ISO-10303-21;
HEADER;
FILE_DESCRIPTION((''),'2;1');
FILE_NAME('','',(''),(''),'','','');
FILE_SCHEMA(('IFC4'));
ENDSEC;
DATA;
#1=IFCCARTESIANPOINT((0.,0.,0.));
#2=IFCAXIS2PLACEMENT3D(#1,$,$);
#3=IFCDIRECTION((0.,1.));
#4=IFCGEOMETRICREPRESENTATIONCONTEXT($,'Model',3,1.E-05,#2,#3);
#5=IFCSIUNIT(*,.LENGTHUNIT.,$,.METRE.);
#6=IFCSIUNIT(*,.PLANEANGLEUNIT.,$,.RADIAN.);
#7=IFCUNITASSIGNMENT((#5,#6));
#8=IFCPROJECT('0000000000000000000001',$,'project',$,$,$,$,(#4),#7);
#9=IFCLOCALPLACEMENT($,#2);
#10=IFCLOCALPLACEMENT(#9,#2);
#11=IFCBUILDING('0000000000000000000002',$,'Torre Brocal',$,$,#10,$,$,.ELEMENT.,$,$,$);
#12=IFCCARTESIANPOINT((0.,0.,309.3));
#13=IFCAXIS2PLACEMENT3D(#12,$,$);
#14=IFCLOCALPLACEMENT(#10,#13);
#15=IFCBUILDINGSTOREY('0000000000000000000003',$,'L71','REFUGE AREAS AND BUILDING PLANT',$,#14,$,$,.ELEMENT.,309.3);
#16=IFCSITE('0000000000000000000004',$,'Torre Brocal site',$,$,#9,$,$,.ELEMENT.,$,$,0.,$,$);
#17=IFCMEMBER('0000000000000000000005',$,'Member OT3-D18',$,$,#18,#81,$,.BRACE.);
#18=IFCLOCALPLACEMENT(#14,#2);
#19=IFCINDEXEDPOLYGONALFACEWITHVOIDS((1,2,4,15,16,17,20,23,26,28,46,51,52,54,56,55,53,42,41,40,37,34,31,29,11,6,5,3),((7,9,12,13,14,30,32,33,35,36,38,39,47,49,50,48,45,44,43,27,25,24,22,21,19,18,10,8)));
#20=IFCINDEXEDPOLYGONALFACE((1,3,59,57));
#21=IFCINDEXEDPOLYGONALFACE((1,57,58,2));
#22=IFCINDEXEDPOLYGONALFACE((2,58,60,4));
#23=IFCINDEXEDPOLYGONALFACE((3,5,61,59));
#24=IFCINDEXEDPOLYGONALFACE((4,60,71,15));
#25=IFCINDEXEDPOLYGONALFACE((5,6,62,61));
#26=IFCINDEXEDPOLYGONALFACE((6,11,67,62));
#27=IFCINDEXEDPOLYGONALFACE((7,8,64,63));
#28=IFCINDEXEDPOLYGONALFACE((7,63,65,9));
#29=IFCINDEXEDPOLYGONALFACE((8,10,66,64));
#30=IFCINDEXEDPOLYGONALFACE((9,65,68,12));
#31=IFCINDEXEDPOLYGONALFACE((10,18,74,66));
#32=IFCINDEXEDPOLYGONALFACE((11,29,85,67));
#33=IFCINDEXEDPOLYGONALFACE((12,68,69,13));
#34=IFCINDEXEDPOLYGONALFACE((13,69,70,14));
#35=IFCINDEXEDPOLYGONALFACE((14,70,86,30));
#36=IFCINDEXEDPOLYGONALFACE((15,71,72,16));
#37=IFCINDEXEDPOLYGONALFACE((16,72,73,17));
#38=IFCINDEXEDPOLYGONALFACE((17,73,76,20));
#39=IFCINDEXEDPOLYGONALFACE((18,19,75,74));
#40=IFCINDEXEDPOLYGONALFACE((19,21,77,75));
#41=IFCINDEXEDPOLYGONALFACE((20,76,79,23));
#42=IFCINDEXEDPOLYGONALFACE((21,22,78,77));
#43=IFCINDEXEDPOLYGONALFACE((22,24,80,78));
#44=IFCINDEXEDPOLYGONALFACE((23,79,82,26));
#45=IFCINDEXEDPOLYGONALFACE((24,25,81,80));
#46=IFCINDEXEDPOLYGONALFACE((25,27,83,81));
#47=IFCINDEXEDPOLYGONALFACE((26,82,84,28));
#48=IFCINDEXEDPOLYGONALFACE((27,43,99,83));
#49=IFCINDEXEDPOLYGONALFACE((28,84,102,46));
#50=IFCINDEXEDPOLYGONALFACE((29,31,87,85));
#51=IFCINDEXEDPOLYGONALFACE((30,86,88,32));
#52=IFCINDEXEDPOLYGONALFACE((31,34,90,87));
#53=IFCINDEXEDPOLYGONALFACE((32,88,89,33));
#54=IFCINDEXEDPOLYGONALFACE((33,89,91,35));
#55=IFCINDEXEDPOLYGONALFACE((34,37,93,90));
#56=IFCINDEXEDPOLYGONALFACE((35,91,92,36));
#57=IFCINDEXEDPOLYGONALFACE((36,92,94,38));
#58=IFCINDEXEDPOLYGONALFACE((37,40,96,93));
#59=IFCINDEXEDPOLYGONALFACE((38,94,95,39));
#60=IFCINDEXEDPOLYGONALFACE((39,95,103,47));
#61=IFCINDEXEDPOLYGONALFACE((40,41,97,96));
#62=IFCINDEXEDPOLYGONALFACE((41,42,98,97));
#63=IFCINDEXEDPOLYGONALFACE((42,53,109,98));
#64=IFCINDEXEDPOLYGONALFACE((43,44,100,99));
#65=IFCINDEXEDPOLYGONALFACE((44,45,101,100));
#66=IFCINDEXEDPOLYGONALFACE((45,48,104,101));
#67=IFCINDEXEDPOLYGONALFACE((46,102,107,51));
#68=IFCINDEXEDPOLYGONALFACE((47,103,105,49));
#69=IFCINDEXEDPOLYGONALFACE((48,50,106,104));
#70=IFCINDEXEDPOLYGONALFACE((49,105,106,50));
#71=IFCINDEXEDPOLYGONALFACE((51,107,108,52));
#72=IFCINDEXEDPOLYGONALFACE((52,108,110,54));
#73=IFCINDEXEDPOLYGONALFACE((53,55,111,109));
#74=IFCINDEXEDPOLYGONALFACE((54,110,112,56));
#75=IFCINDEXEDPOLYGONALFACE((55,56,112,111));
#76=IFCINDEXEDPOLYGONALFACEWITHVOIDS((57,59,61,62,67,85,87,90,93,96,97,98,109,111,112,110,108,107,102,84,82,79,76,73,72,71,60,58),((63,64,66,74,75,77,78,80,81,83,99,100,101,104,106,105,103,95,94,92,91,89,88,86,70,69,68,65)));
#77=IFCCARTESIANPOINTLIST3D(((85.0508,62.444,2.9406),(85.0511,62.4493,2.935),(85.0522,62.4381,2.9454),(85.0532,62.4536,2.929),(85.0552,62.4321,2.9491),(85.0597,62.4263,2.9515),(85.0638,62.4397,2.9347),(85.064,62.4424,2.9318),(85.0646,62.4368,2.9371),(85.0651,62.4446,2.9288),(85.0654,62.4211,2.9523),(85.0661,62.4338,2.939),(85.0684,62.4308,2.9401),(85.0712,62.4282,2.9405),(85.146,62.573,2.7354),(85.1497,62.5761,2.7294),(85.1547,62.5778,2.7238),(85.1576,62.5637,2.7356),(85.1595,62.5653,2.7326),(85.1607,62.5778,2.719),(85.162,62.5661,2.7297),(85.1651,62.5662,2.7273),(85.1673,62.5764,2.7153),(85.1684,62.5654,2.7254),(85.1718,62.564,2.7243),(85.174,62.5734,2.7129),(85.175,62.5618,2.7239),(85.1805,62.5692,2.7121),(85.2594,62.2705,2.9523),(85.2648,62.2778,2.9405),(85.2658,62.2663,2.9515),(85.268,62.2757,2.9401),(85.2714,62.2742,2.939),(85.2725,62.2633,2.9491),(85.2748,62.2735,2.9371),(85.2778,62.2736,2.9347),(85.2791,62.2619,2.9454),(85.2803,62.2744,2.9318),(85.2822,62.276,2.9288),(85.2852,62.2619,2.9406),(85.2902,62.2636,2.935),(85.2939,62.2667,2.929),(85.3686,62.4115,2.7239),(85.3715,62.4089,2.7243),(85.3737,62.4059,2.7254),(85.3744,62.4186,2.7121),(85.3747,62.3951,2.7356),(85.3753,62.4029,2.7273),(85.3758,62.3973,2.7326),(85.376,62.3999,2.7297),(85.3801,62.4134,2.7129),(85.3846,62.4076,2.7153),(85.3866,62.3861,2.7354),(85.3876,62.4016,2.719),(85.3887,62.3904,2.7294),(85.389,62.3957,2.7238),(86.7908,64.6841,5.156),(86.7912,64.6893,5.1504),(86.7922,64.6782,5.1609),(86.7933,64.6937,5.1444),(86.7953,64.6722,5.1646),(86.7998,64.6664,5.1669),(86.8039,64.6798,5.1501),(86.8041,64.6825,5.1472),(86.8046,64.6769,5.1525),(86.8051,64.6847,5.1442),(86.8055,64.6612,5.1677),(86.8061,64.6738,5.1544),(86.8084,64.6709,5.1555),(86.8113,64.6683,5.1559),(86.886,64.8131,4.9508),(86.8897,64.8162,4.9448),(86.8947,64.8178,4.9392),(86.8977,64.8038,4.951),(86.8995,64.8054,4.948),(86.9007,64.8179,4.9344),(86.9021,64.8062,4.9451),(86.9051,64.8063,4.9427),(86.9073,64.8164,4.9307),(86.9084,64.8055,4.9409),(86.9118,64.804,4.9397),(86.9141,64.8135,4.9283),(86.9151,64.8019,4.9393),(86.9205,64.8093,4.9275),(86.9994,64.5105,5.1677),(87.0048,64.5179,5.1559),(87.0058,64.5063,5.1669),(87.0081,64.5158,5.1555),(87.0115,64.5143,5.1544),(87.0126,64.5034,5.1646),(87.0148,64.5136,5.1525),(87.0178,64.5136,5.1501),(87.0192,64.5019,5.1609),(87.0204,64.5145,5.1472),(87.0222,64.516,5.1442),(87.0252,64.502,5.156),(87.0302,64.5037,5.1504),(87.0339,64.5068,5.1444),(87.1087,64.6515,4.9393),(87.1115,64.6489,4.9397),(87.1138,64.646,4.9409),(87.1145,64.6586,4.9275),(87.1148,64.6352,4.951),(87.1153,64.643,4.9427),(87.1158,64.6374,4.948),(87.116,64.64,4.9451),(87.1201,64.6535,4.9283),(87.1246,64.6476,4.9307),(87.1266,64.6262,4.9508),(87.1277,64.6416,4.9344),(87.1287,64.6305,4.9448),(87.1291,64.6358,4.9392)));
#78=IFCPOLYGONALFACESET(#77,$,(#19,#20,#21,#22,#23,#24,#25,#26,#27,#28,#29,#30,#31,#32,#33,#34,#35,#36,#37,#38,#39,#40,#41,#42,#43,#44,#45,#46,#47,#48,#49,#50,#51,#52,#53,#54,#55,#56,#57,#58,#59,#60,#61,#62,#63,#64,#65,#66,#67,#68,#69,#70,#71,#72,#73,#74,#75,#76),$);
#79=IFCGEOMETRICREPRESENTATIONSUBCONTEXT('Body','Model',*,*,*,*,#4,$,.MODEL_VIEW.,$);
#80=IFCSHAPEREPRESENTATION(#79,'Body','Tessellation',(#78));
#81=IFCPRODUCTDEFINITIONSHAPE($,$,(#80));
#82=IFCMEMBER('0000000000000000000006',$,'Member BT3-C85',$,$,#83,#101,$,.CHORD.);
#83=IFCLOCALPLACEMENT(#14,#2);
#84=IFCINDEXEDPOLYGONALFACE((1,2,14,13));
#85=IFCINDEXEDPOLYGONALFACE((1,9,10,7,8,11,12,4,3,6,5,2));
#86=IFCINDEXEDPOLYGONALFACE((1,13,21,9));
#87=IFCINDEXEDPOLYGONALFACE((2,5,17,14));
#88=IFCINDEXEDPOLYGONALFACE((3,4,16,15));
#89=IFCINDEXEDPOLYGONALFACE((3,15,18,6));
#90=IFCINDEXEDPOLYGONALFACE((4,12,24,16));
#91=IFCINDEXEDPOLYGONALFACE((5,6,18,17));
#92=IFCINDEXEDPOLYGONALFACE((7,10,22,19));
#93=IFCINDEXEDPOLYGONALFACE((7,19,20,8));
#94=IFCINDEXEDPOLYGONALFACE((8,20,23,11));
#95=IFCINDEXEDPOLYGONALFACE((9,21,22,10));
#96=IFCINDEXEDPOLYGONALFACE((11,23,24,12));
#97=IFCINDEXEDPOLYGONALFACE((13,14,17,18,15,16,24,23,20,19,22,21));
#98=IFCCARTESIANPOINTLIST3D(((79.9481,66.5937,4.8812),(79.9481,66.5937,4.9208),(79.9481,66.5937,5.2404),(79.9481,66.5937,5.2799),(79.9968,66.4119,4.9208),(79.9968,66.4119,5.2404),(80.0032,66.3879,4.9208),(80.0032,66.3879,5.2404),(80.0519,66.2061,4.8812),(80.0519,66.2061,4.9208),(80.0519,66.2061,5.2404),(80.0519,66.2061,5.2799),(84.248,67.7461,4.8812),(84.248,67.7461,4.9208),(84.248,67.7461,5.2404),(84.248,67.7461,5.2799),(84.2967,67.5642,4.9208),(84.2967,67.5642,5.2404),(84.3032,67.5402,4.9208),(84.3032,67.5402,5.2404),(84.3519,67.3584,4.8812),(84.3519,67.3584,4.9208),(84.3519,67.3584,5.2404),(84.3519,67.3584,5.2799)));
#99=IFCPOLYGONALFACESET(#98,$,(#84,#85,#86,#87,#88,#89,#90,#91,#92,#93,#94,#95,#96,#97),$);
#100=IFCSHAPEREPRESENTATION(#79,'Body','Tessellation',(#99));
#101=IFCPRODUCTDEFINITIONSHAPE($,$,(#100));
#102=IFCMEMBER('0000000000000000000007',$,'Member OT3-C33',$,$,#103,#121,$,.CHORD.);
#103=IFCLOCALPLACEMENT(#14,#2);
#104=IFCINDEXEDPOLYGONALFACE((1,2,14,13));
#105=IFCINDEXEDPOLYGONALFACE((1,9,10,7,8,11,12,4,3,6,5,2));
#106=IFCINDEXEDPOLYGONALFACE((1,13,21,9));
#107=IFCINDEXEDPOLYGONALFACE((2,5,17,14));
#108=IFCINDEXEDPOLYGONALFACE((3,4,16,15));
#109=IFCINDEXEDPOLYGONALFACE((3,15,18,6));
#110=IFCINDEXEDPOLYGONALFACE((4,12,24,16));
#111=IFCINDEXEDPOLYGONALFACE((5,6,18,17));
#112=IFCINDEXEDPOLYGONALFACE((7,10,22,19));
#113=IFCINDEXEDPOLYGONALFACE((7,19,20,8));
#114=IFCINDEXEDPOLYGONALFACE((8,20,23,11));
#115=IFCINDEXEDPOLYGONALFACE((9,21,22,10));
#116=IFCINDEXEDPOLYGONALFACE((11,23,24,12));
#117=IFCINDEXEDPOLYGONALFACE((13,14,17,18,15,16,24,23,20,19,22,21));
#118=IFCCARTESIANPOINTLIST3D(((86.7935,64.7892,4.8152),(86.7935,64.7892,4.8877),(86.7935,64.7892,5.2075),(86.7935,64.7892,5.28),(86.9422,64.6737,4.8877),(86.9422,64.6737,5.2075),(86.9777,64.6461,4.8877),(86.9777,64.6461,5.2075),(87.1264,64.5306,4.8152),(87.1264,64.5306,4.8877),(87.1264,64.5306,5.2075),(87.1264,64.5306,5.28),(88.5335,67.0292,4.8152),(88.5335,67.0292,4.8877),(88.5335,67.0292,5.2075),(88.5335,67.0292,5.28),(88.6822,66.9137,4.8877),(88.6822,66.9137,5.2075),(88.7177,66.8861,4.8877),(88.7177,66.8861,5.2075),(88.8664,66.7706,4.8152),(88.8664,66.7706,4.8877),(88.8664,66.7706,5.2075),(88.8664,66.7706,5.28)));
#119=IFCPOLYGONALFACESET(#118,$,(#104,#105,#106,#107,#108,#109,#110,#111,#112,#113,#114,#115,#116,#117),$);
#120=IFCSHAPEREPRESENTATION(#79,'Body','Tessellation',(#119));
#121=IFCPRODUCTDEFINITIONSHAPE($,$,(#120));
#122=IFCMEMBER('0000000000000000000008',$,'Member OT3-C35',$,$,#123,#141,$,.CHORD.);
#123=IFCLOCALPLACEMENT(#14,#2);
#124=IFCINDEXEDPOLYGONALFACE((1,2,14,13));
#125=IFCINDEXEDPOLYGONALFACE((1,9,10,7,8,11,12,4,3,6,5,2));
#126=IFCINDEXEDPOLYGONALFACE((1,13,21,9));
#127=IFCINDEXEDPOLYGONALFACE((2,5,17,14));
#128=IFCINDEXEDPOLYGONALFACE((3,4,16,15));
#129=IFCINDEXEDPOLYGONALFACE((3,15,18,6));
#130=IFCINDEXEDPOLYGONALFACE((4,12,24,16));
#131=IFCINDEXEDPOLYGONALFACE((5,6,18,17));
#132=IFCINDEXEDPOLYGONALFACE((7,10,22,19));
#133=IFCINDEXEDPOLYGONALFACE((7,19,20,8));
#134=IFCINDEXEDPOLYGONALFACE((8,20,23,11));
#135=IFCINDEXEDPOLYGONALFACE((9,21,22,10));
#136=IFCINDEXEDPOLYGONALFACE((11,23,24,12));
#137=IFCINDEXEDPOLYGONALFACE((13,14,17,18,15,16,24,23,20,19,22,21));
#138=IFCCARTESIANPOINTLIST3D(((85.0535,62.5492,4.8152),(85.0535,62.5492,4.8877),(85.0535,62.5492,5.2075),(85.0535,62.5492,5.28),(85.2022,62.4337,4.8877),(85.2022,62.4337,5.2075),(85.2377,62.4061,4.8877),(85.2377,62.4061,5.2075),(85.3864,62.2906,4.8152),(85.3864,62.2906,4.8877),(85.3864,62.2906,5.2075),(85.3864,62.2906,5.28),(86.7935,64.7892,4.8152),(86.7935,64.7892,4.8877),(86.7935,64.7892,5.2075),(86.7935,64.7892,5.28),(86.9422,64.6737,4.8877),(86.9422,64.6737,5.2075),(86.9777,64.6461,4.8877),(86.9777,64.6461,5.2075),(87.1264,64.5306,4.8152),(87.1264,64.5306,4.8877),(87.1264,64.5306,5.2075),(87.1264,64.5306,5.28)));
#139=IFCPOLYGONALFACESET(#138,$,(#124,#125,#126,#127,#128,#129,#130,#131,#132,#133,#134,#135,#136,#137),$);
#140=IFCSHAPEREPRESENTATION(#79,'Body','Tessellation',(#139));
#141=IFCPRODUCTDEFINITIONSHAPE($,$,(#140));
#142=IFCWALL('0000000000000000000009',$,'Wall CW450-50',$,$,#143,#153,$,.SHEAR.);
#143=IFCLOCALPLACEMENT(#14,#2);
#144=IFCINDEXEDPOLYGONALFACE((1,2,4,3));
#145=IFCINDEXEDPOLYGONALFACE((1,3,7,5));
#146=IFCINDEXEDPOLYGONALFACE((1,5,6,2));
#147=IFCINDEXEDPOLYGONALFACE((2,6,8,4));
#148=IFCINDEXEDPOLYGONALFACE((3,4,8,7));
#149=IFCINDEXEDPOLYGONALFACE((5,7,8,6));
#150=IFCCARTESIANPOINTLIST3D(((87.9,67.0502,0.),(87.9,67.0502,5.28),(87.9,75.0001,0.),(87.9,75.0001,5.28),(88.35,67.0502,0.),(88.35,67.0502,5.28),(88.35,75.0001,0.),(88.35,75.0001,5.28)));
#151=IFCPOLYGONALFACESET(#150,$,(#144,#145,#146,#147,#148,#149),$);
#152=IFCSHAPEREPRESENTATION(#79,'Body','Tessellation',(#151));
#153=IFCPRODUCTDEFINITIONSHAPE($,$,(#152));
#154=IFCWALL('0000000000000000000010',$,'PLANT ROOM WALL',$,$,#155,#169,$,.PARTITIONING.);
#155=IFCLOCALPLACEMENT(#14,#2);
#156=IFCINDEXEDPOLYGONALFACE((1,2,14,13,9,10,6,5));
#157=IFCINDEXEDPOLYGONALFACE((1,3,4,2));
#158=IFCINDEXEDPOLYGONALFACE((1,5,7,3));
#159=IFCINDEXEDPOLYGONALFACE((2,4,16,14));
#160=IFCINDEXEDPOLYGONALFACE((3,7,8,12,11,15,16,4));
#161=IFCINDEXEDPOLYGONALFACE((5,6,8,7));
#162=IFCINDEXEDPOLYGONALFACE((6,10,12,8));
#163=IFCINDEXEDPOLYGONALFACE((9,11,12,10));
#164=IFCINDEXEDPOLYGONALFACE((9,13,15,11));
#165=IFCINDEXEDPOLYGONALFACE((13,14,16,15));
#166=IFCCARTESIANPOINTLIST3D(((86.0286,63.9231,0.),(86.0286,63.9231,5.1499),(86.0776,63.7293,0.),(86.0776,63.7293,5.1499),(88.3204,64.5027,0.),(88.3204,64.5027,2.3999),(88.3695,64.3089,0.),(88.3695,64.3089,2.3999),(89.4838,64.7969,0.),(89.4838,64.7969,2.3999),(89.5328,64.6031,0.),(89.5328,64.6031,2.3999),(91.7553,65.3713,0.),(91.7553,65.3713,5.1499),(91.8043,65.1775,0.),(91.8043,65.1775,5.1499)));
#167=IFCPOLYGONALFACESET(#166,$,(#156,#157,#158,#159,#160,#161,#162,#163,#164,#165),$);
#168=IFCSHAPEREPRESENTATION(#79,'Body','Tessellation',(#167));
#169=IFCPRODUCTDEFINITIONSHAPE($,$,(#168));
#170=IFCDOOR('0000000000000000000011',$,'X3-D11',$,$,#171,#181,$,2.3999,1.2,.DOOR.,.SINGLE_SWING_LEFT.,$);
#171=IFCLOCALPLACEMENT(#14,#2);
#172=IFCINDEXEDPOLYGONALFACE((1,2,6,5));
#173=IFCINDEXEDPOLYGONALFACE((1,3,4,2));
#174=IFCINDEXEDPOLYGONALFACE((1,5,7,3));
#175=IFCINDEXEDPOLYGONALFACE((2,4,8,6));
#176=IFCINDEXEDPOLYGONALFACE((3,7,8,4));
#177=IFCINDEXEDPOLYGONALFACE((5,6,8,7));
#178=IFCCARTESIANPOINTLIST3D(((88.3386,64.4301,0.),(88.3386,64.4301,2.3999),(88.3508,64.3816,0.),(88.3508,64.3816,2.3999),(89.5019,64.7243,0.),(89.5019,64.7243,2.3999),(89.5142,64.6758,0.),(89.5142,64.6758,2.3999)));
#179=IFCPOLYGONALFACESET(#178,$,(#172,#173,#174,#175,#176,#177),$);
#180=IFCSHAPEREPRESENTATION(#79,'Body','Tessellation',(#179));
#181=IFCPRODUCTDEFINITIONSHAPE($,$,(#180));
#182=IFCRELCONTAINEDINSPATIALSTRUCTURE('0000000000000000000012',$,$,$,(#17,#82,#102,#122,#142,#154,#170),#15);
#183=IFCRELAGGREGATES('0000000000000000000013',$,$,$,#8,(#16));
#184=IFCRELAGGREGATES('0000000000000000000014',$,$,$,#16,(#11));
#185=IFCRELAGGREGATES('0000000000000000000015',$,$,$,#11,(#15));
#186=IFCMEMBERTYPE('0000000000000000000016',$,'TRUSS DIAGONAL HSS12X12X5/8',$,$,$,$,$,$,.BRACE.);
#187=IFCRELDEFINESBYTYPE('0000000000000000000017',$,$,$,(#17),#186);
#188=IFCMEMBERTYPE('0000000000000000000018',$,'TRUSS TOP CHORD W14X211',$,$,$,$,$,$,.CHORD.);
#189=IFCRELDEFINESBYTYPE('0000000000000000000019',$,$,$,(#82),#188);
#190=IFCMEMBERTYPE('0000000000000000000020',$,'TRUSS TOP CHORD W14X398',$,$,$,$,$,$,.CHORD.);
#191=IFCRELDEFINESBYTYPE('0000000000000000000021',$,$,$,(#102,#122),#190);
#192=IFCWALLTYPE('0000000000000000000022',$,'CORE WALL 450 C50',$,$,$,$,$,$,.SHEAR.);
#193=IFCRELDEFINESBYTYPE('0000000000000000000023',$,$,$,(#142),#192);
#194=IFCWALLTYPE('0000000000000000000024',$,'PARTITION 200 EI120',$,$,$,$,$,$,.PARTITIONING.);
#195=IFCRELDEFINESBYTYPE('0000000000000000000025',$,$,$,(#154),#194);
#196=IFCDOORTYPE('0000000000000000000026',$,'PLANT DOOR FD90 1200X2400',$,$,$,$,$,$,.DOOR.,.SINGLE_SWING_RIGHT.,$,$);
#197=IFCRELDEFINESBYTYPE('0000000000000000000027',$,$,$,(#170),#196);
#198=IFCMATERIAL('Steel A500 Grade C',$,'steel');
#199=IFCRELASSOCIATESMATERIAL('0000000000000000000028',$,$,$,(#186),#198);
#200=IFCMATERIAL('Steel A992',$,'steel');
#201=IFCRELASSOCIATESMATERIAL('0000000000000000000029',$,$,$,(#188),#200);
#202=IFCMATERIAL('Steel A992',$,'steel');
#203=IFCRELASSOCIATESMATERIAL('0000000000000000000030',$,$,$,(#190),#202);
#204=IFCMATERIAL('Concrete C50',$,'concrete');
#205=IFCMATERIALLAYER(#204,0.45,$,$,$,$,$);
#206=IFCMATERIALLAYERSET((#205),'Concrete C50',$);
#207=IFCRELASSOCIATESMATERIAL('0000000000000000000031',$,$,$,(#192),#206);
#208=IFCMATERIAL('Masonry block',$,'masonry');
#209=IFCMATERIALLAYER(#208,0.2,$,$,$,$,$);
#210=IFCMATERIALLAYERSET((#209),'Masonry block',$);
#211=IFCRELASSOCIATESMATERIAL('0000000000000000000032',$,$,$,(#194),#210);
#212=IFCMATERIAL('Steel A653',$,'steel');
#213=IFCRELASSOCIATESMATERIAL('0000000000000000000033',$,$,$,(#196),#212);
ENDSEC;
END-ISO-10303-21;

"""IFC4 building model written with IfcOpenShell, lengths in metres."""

from ifc_helpers import new_model, si_unit, direction, frame, frame_2d, origin, origin_2d, place, context, subcontext, project, spatial, rectangle, hollow_rectangle, i_section, extrude, material, layer, layer_set, material_profile, profile_set, type_object, element, fill, save


model = new_model("IFC4")

# Units and contexts
model_context = context("Model", 3, precision=1e-05, world=origin(), true_north=direction((0.0, 1.0)))
body_context = subcontext(model_context, "Body", "Model", "MODEL_VIEW")
ifc_project = project(units=[si_unit("LENGTHUNIT", "METRE"), si_unit("PLANEANGLEUNIT", "RADIAN")], contexts=[model_context])

# Site, building, storey
site_placement = place(None, origin())
site = spatial("IfcSite", under=ifc_project, at=site_placement, Name="Torre Brocal site", CompositionType="ELEMENT", RefElevation=0.0)
building_placement = place(site_placement, origin())
building = spatial("IfcBuilding", under=site, at=building_placement, Name="Torre Brocal", CompositionType="ELEMENT")
storey_placement = place(building_placement, frame((0.0, 0.0, 309.3)))
storey = spatial("IfcBuildingStorey", under=building, at=storey_placement, Name="L71", Description="REFUGE AREAS AND BUILDING PLANT", CompositionType="ELEMENT", Elevation=309.3)

# Members
ifc_material_1 = material(Name="Steel A500 Grade C", Category="steel")
ifc_material_profile_1 = material_profile(ifc_material_1, hollow_rectangle(XDim=0.3047, YDim=0.3047, WallThickness=0.0149, InnerFilletRadius=0.0149, OuterFilletRadius=0.0295, at=origin_2d()), Name="HSS12X12X5/8")
ifc_profile_set_1 = profile_set([ifc_material_profile_1], Name="Steel A500 Grade C")
member_type_1 = type_object("IfcMemberType", Name="TRUSS DIAGONAL HSS12X12X5/8", PredefinedType="BRACE", material=ifc_profile_set_1)
for number, where, z_axis, x_axis, name in (
    (1, (86.96, 64.6599, 5.0476), (-0.483465, -0.622392, -0.615541), (0.789732, -0.613452, 0.0), "Member OT3-D18"),
):
    element("IfcMember", number, at=place(storey_placement, frame(where, z_axis=z_axis, x_axis=x_axis)), inside=storey, type_object=member_type_1, Name=name, PredefinedType="BRACE", context=body_context, shape_type="SweptSolid", body=[
        extrude(hollow_rectangle(XDim=0.3047, YDim=0.3047, WallThickness=0.0149, InnerFilletRadius=0.0149, OuterFilletRadius=0.0295, at=origin_2d()), origin(), (0.0, 0.0, 1.0), 3.5991),
    ])
ifc_material_2 = material(Name="Steel A992", Category="steel")
ifc_material_profile_2 = material_profile(ifc_material_2, i_section(OverallWidth=0.4014, OverallDepth=0.3987, WebThickness=0.0249, FlangeThickness=0.0396, at=origin_2d()), Name="W14X211")
ifc_profile_set_2 = profile_set([ifc_material_profile_2], Name="Steel A992")
member_type_2 = type_object("IfcMemberType", Name="TRUSS TOP CHORD W14X211", PredefinedType="CHORD", material=ifc_profile_set_2)
member_1_placement = place(storey_placement, frame((80.0, 66.3999, 5.0806), z_axis=(0.965917, 0.25885, 0.0), x_axis=(-0.25885, 0.965917, 0.0)))
element("IfcMember", 2, at=member_1_placement, inside=storey, type_object=member_type_2, Name="Member BT3-C85", PredefinedType="CHORD", context=body_context, shape_type="SweptSolid", body=[
    extrude(i_section(OverallWidth=0.4014, OverallDepth=0.3987, WebThickness=0.0249, FlangeThickness=0.0396, at=origin_2d()), origin(), (0.0, 0.0, 1.0), 4.4517),
])
ifc_material_3 = material(Name="Steel A992", Category="steel")
ifc_material_profile_3 = material_profile(ifc_material_3, i_section(OverallWidth=0.4216, OverallDepth=0.4648, WebThickness=0.0449, FlangeThickness=0.0725, at=origin_2d()), Name="W14X398")
ifc_profile_set_3 = profile_set([ifc_material_profile_3], Name="Steel A992")
member_type_3 = type_object("IfcMemberType", Name="TRUSS TOP CHORD W14X398", PredefinedType="CHORD", material=ifc_profile_set_3)
for number, where, z_axis, x_axis, name in (
    (3, (88.7, 66.8999, 5.0476), (-0.613452, -0.789732, 0.0), (0.789732, -0.613452, 0.0), "Member OT3-C33"),
    (4, (86.96, 64.6599, 5.0476), (-0.613452, -0.789732, 0.0), (0.789732, -0.613452, 0.0), "Member OT3-C35"),
):
    element("IfcMember", number, at=place(storey_placement, frame(where, z_axis=z_axis, x_axis=x_axis)), inside=storey, type_object=member_type_3, Name=name, PredefinedType="CHORD", context=body_context, shape_type="SweptSolid", body=[
        extrude(i_section(OverallWidth=0.4216, OverallDepth=0.4648, WebThickness=0.0449, FlangeThickness=0.0725, at=origin_2d()), origin(), (0.0, 0.0, 1.0), 2.8364),
    ])

# Shared definitions
ifc_material_4 = material(Name="Concrete C50", Category="concrete")
ifc_layer_1 = layer(ifc_material_4, 0.45)
ifc_layer_set_1 = layer_set([ifc_layer_1], Name="Concrete C50")
wall_type_1 = type_object("IfcWallType", Name="CORE WALL 450 C50", PredefinedType="SHEAR", material=ifc_layer_set_1)

# Wall
wall_1_placement = place(storey_placement, frame((88.125, 67.05, 0.0), z_axis=(0.0, 0.0, 1.0), x_axis=(0.0, 1.0, 0.0)))
element("IfcWall", 5, at=wall_1_placement, inside=storey, type_object=wall_type_1, Name="Wall CW450-50", PredefinedType="SHEAR", context=body_context, shape_type="SweptSolid", body=[
    extrude(rectangle(XDim=7.95, YDim=0.45, at=frame_2d((3.9751, 0.0))), origin(), (0.0, 0.0, 1.0), 5.28),
])

# Shared definitions
ifc_material_5 = material(Name="Masonry block", Category="masonry")
ifc_layer_2 = layer(ifc_material_5, 0.2)
ifc_layer_set_2 = layer_set([ifc_layer_2], Name="Masonry block")
wall_type_2 = type_object("IfcWallType", Name="PARTITION 200 EI120", PredefinedType="PARTITIONING", material=ifc_layer_set_2)
ifc_material_6 = material(Name="Steel A653", Category="steel")
door_type_1 = type_object("IfcDoorType", Name="PLANT DOOR FD90 1200X2400", OperationType="SINGLE_SWING_RIGHT", PredefinedType="DOOR", material=ifc_material_6)

# Wall, opening, door
wall_2_placement = place(storey_placement, frame((86.053, 63.8262, 0.0), z_axis=(0.0, 0.0, 1.0), x_axis=(0.96948, 0.24517, 0.0)))
wall_2 = element("IfcWall", 6, at=wall_2_placement, inside=storey, type_object=wall_type_2, Name="PLANT ROOM WALL", PredefinedType="PARTITIONING", context=body_context, shape_type="SweptSolid", body=[
    extrude(rectangle(XDim=5.907, YDim=0.2, at=frame_2d((2.9536, 0.0))), origin(), (0.0, 0.0, 1.0), 5.1499),
])
opening_1_placement = place(wall_2_placement, frame((2.364, 0.0, 0.0)))
opening_1 = element("IfcOpeningElement", 7, at=opening_1_placement, cuts=wall_2, PredefinedType="OPENING", context=body_context, shape_type="SweptSolid", body=[
    extrude(rectangle(XDim=1.2, YDim=2.3999, at=frame_2d((0.6001, 1.2))), frame((0.0, 0.1099, 0.0), z_axis=(0.0, -1.0, 0.0), x_axis=(1.0, 0.0, 0.0)), (0.0, 0.0, 1.0), 0.22),
])
door_1_placement = place(opening_1_placement, frame((1.2, 0.0, 0.0), z_axis=(0.0, 0.0, 1.0), x_axis=(-1.0, 0.0, 0.0)))
door_1 = element("IfcDoor", 8, at=door_1_placement, inside=storey, type_object=door_type_1, Name="X3-D11", OperationType="SINGLE_SWING_LEFT", OverallHeight=2.3999, OverallWidth=1.2, PredefinedType="DOOR", context=body_context, shape_type="SweptSolid", body=[
    extrude(rectangle(XDim=1.2, YDim=2.3999, at=frame_2d((0.6001, 1.2))), frame((0.0, 0.0249, 0.0), z_axis=(0.0, -1.0, 0.0), x_axis=(1.0, 0.0, 0.0)), (0.0, 0.0, 1.0), 0.05),
])
fill(opening_1, door_1)

save(model, "model.ifc")
